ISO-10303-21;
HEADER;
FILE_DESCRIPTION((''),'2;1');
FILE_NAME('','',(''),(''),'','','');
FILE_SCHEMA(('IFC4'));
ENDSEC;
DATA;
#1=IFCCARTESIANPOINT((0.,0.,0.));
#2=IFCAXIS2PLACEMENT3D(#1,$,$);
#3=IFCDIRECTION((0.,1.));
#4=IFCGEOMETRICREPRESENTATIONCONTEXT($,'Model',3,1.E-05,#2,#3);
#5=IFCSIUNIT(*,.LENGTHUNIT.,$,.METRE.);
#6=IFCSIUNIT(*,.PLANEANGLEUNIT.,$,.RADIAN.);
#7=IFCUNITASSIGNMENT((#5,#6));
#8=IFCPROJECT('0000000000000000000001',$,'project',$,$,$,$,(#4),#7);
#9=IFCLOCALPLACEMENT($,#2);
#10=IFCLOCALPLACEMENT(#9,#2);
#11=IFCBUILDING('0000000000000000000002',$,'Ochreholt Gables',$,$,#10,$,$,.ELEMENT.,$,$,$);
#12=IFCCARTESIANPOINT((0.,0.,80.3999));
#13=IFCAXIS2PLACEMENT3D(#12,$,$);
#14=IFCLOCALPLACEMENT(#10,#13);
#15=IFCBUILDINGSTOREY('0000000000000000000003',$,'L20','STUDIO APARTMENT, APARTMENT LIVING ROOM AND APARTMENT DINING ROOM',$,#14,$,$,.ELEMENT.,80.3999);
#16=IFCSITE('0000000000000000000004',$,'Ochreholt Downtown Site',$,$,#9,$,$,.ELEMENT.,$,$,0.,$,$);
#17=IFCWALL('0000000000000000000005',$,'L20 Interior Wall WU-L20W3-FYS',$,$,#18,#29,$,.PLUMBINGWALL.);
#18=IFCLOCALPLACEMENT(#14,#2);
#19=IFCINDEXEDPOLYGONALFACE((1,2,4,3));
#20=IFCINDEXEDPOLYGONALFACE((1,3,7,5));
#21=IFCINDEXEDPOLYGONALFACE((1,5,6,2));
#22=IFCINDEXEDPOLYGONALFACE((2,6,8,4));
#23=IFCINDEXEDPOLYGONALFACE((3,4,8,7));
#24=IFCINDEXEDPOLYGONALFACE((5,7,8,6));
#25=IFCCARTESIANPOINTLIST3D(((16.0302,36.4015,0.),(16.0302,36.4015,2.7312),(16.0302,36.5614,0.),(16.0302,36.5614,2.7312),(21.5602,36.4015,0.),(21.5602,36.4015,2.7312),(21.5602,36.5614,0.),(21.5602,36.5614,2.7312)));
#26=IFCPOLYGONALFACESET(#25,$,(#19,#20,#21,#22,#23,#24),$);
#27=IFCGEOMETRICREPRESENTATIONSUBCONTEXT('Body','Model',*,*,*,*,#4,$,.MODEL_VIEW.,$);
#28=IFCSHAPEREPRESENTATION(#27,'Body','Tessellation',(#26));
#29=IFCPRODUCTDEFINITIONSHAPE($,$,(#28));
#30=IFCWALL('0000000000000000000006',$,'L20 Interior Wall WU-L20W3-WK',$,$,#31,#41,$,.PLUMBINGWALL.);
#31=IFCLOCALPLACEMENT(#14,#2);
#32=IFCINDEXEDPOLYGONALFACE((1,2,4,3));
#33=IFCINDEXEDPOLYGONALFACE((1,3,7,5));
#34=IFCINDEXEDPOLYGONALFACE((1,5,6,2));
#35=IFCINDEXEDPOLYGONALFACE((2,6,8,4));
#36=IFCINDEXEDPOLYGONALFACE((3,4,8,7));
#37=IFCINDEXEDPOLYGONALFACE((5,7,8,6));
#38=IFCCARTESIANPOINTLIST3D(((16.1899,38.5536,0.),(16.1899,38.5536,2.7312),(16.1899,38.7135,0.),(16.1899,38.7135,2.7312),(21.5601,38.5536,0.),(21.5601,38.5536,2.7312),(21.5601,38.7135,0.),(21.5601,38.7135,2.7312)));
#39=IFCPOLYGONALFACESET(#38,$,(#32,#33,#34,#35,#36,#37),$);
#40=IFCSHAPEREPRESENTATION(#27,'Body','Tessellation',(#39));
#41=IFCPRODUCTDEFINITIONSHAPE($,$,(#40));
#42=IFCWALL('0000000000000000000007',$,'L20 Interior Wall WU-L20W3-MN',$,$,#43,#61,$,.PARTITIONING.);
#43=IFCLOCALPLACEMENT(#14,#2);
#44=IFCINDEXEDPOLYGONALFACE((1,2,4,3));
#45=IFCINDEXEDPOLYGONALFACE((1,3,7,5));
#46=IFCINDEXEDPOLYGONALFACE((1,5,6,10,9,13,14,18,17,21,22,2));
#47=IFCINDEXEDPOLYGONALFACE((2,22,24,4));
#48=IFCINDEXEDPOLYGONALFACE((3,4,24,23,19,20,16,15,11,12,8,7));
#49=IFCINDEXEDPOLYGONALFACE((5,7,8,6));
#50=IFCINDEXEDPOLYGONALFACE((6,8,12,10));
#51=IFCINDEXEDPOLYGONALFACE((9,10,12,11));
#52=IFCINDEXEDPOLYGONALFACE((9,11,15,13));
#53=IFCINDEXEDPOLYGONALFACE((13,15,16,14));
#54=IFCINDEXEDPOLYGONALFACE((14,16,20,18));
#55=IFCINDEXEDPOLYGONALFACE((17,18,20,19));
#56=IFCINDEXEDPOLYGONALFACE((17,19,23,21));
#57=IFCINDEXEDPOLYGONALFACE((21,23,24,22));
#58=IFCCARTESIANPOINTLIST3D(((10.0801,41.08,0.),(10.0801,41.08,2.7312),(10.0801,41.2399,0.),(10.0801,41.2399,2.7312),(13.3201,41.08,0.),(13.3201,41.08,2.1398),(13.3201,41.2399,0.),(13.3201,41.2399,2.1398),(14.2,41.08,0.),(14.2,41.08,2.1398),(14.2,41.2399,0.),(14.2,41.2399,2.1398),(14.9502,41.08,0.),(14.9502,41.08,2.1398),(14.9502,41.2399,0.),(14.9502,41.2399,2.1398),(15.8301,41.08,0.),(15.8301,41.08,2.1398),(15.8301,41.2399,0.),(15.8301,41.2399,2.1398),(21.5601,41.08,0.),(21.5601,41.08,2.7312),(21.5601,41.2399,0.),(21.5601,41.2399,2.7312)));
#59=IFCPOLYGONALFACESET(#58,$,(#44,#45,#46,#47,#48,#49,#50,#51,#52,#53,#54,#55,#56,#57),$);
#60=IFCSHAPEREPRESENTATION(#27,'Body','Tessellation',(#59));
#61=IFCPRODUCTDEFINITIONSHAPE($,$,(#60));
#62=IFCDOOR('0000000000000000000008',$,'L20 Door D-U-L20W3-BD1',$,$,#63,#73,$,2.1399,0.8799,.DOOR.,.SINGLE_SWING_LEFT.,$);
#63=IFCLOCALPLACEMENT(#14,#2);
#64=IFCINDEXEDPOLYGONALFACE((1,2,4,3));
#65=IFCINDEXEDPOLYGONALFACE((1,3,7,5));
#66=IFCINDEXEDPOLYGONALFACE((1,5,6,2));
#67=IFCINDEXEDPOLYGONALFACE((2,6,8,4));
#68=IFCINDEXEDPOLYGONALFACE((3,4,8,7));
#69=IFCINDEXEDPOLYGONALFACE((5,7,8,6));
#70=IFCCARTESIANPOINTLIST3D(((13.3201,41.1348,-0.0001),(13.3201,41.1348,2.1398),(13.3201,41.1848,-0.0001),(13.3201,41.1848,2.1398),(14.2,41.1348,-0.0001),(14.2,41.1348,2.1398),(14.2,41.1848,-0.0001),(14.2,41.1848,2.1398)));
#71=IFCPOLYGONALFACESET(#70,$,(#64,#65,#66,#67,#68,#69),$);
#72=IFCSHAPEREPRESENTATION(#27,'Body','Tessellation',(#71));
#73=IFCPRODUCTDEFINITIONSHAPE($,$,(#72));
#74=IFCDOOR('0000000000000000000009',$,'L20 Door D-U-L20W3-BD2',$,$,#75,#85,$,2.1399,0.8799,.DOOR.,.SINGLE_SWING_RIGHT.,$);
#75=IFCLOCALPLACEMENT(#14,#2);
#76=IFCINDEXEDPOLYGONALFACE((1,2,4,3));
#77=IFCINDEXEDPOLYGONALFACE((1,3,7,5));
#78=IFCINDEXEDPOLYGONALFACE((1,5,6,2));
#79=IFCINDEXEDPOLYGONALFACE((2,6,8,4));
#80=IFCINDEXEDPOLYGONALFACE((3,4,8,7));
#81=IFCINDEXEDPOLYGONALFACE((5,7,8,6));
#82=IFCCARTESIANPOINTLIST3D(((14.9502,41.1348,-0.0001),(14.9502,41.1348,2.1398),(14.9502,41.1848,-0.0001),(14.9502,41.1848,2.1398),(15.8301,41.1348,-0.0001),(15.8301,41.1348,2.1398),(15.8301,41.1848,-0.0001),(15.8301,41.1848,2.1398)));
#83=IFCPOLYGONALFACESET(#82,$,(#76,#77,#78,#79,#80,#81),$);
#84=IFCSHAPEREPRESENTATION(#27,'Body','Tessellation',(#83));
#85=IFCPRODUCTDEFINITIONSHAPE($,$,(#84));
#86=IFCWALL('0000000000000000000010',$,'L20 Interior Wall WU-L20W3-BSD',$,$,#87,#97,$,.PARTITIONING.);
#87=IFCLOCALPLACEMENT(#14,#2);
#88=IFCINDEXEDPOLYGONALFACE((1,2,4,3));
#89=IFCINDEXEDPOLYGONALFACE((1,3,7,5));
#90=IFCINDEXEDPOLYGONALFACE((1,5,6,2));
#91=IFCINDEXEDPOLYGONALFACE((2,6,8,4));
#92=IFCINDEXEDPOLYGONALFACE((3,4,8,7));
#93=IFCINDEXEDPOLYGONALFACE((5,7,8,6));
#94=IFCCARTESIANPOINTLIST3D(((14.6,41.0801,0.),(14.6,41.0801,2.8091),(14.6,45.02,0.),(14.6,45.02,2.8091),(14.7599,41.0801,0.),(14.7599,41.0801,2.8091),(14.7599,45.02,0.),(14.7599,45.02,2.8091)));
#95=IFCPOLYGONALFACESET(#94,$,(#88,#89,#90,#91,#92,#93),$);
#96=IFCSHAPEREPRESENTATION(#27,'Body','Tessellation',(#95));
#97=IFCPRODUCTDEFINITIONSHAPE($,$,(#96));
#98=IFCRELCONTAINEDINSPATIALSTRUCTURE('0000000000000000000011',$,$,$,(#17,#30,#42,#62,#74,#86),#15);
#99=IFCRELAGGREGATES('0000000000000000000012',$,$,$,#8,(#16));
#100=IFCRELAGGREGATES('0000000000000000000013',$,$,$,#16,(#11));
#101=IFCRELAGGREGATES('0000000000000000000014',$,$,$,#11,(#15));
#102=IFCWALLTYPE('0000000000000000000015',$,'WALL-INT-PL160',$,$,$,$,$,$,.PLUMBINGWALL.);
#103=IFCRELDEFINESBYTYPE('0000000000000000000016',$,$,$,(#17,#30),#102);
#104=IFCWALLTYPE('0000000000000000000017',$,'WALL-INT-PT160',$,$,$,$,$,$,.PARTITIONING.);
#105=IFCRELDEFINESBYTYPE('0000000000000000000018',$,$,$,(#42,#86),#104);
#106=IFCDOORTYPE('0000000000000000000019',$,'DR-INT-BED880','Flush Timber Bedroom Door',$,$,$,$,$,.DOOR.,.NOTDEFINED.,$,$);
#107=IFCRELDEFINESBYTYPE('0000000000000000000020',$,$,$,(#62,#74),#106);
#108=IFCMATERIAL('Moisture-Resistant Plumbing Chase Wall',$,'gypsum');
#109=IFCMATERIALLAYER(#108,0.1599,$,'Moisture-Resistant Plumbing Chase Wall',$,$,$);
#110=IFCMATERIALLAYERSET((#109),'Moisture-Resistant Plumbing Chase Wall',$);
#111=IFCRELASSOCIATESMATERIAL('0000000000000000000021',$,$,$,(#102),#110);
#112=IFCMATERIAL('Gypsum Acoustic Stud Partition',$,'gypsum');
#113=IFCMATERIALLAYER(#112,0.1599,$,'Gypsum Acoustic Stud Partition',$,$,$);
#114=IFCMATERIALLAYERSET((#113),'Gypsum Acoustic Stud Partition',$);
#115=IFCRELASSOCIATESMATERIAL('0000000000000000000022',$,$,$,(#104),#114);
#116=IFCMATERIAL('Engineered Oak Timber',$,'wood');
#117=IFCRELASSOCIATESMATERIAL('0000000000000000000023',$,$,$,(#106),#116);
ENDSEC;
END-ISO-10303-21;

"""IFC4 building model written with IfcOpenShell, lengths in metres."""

from ifc_helpers import new_model, si_unit, direction, frame, frame_2d, origin, place, context, subcontext, project, spatial, rectangle, extrude, material, layer, layer_set, type_object, element, fill, save


model = new_model("IFC4")

# Units and contexts
model_context = context("Model", 3, precision=1e-05, world=origin(), true_north=direction((0.0, 1.0)))
body_context = subcontext(model_context, "Body", "Model", "MODEL_VIEW")
ifc_project = project(units=[si_unit("LENGTHUNIT", "METRE"), si_unit("PLANEANGLEUNIT", "RADIAN")], contexts=[model_context])

# Site, building, storey
site_placement = place(None, origin())
site = spatial("IfcSite", under=ifc_project, at=site_placement, Name="Ochreholt Downtown Site", CompositionType="ELEMENT", RefElevation=0.0)
building_placement = place(site_placement, origin())
building = spatial("IfcBuilding", under=site, at=building_placement, Name="Ochreholt Gables", CompositionType="ELEMENT")
storey_placement = place(building_placement, frame((0.0, 0.0, 80.3999)))
storey = spatial("IfcBuildingStorey", under=building, at=storey_placement, Name="L20", Description="STUDIO APARTMENT, APARTMENT LIVING ROOM AND APARTMENT DINING ROOM", CompositionType="ELEMENT", Elevation=80.3999)

# Wall
ifc_material_1 = material(Name="Moisture-Resistant Plumbing Chase Wall", Category="gypsum")
ifc_layer_1 = layer(ifc_material_1, 0.1599, Name="Moisture-Resistant Plumbing Chase Wall")
ifc_layer_set_1 = layer_set([ifc_layer_1], Name="Moisture-Resistant Plumbing Chase Wall")
wall_type_1 = type_object("IfcWallType", Name="WALL-INT-PL160", PredefinedType="PLUMBINGWALL", material=ifc_layer_set_1)
wall_1_placement = place(storey_placement, frame((16.03, 36.4814, 0.0), z_axis=(0.0, 0.0, 1.0), x_axis=(1.0, 0.0, 0.0)))
element("IfcWall", 1, at=wall_1_placement, inside=storey, type_object=wall_type_1, Name="L20 Interior Wall WU-L20W3-FYS", PredefinedType="PLUMBINGWALL", context=body_context, shape_type="SweptSolid", body=[
    extrude(rectangle(XDim=5.53, YDim=0.1599, at=frame_2d((2.7651, 0.0))), origin(), (0.0, 0.0, 1.0), 2.7312),
])

# Shared definitions
ifc_material_2 = material(Name="Engineered Oak Timber", Category="wood")

# Wall
wall_2_placement = place(storey_placement, frame((16.1899, 38.6335, 0.0), z_axis=(0.0, 0.0, 1.0), x_axis=(1.0, 0.0, 0.0)))
element("IfcWall", 2, at=wall_2_placement, inside=storey, type_object=wall_type_1, Name="L20 Interior Wall WU-L20W3-WK", PredefinedType="PLUMBINGWALL", context=body_context, shape_type="SweptSolid", body=[
    extrude(rectangle(XDim=5.3701, YDim=0.1599, at=frame_2d((2.6851, 0.0))), origin(), (0.0, 0.0, 1.0), 2.7312),
])

# Wall, openings, doors
ifc_material_3 = material(Name="Gypsum Acoustic Stud Partition", Category="gypsum")
ifc_layer_2 = layer(ifc_material_3, 0.1599, Name="Gypsum Acoustic Stud Partition")
ifc_layer_set_2 = layer_set([ifc_layer_2], Name="Gypsum Acoustic Stud Partition")
wall_type_2 = type_object("IfcWallType", Name="WALL-INT-PT160", PredefinedType="PARTITIONING", material=ifc_layer_set_2)
wall_3_placement = place(storey_placement, frame((10.0801, 41.1599, 0.0), z_axis=(0.0, 0.0, 1.0), x_axis=(1.0, 0.0, 0.0)))
wall_3 = element("IfcWall", 3, at=wall_3_placement, inside=storey, type_object=wall_type_2, Name="L20 Interior Wall WU-L20W3-MN", PredefinedType="PARTITIONING", context=body_context, shape_type="SweptSolid", body=[
    extrude(rectangle(XDim=11.48, YDim=0.1599, at=frame_2d((5.74, 0.0))), origin(), (0.0, 0.0, 1.0), 2.7312),
])
opening_1_placement = place(wall_3_placement, frame((3.24, 0.0, 0.0)))
opening_1 = element("IfcOpeningElement", 4, at=opening_1_placement, cuts=wall_3, PredefinedType="OPENING", context=body_context, shape_type="SweptSolid", body=[
    extrude(rectangle(XDim=0.8799, YDim=2.1399, at=frame_2d((0.4399, 1.0698))), frame((0.0, 0.0898, 0.0), z_axis=(0.0, -1.0, 0.0), x_axis=(1.0, 0.0, 0.0)), (0.0, 0.0, 1.0), 0.1799),
])
opening_2_placement = place(wall_3_placement, frame((4.8701, 0.0, 0.0)))
opening_2 = element("IfcOpeningElement", 5, at=opening_2_placement, cuts=wall_3, PredefinedType="OPENING", context=body_context, shape_type="SweptSolid", body=[
    extrude(rectangle(XDim=0.8799, YDim=2.1399, at=frame_2d((0.4399, 1.0698))), frame((0.0, 0.0898, 0.0), z_axis=(0.0, -1.0, 0.0), x_axis=(1.0, 0.0, 0.0)), (0.0, 0.0, 1.0), 0.1799),
])
door_type_1 = type_object("IfcDoorType", Name="DR-INT-BED880", Description="Flush Timber Bedroom Door", OperationType="NOTDEFINED", PredefinedType="DOOR", material=ifc_material_2)
door_1_placement = place(opening_1_placement, origin())
door_1 = element("IfcDoor", 6, at=door_1_placement, inside=storey, type_object=door_type_1, Name="L20 Door D-U-L20W3-BD1", OperationType="SINGLE_SWING_LEFT", OverallHeight=2.1399, OverallWidth=0.8799, PredefinedType="DOOR", context=body_context, shape_type="SweptSolid", body=[
    extrude(rectangle(XDim=0.8799, YDim=2.1399, at=frame_2d((0.4399, 1.0698))), frame((0.0, 0.0249, 0.0), z_axis=(0.0, -1.0, 0.0), x_axis=(1.0, 0.0, 0.0)), (0.0, 0.0, 1.0), 0.05),
])
fill(opening_1, door_1)
door_2_placement = place(opening_2_placement, origin())
door_2 = element("IfcDoor", 7, at=door_2_placement, inside=storey, type_object=door_type_1, Name="L20 Door D-U-L20W3-BD2", OperationType="SINGLE_SWING_RIGHT", OverallHeight=2.1399, OverallWidth=0.8799, PredefinedType="DOOR", context=body_context, shape_type="SweptSolid", body=[
    extrude(rectangle(XDim=0.8799, YDim=2.1399, at=frame_2d((0.4399, 1.0698))), frame((0.0, 0.0249, 0.0), z_axis=(0.0, -1.0, 0.0), x_axis=(1.0, 0.0, 0.0)), (0.0, 0.0, 1.0), 0.05),
])
fill(opening_2, door_2)

# Wall
wall_4_placement = place(storey_placement, frame((14.6799, 41.0801, 0.0), z_axis=(0.0, 0.0, 1.0), x_axis=(0.0, 1.0, 0.0)))
element("IfcWall", 8, at=wall_4_placement, inside=storey, type_object=wall_type_2, Name="L20 Interior Wall WU-L20W3-BSD", PredefinedType="PARTITIONING", context=body_context, shape_type="SweptSolid", body=[
    extrude(rectangle(XDim=3.9399, YDim=0.1599, at=frame_2d((1.97, 0.0))), origin(), (0.0, 0.0, 1.0), 2.8091),
])

save(model, "model.ifc")
